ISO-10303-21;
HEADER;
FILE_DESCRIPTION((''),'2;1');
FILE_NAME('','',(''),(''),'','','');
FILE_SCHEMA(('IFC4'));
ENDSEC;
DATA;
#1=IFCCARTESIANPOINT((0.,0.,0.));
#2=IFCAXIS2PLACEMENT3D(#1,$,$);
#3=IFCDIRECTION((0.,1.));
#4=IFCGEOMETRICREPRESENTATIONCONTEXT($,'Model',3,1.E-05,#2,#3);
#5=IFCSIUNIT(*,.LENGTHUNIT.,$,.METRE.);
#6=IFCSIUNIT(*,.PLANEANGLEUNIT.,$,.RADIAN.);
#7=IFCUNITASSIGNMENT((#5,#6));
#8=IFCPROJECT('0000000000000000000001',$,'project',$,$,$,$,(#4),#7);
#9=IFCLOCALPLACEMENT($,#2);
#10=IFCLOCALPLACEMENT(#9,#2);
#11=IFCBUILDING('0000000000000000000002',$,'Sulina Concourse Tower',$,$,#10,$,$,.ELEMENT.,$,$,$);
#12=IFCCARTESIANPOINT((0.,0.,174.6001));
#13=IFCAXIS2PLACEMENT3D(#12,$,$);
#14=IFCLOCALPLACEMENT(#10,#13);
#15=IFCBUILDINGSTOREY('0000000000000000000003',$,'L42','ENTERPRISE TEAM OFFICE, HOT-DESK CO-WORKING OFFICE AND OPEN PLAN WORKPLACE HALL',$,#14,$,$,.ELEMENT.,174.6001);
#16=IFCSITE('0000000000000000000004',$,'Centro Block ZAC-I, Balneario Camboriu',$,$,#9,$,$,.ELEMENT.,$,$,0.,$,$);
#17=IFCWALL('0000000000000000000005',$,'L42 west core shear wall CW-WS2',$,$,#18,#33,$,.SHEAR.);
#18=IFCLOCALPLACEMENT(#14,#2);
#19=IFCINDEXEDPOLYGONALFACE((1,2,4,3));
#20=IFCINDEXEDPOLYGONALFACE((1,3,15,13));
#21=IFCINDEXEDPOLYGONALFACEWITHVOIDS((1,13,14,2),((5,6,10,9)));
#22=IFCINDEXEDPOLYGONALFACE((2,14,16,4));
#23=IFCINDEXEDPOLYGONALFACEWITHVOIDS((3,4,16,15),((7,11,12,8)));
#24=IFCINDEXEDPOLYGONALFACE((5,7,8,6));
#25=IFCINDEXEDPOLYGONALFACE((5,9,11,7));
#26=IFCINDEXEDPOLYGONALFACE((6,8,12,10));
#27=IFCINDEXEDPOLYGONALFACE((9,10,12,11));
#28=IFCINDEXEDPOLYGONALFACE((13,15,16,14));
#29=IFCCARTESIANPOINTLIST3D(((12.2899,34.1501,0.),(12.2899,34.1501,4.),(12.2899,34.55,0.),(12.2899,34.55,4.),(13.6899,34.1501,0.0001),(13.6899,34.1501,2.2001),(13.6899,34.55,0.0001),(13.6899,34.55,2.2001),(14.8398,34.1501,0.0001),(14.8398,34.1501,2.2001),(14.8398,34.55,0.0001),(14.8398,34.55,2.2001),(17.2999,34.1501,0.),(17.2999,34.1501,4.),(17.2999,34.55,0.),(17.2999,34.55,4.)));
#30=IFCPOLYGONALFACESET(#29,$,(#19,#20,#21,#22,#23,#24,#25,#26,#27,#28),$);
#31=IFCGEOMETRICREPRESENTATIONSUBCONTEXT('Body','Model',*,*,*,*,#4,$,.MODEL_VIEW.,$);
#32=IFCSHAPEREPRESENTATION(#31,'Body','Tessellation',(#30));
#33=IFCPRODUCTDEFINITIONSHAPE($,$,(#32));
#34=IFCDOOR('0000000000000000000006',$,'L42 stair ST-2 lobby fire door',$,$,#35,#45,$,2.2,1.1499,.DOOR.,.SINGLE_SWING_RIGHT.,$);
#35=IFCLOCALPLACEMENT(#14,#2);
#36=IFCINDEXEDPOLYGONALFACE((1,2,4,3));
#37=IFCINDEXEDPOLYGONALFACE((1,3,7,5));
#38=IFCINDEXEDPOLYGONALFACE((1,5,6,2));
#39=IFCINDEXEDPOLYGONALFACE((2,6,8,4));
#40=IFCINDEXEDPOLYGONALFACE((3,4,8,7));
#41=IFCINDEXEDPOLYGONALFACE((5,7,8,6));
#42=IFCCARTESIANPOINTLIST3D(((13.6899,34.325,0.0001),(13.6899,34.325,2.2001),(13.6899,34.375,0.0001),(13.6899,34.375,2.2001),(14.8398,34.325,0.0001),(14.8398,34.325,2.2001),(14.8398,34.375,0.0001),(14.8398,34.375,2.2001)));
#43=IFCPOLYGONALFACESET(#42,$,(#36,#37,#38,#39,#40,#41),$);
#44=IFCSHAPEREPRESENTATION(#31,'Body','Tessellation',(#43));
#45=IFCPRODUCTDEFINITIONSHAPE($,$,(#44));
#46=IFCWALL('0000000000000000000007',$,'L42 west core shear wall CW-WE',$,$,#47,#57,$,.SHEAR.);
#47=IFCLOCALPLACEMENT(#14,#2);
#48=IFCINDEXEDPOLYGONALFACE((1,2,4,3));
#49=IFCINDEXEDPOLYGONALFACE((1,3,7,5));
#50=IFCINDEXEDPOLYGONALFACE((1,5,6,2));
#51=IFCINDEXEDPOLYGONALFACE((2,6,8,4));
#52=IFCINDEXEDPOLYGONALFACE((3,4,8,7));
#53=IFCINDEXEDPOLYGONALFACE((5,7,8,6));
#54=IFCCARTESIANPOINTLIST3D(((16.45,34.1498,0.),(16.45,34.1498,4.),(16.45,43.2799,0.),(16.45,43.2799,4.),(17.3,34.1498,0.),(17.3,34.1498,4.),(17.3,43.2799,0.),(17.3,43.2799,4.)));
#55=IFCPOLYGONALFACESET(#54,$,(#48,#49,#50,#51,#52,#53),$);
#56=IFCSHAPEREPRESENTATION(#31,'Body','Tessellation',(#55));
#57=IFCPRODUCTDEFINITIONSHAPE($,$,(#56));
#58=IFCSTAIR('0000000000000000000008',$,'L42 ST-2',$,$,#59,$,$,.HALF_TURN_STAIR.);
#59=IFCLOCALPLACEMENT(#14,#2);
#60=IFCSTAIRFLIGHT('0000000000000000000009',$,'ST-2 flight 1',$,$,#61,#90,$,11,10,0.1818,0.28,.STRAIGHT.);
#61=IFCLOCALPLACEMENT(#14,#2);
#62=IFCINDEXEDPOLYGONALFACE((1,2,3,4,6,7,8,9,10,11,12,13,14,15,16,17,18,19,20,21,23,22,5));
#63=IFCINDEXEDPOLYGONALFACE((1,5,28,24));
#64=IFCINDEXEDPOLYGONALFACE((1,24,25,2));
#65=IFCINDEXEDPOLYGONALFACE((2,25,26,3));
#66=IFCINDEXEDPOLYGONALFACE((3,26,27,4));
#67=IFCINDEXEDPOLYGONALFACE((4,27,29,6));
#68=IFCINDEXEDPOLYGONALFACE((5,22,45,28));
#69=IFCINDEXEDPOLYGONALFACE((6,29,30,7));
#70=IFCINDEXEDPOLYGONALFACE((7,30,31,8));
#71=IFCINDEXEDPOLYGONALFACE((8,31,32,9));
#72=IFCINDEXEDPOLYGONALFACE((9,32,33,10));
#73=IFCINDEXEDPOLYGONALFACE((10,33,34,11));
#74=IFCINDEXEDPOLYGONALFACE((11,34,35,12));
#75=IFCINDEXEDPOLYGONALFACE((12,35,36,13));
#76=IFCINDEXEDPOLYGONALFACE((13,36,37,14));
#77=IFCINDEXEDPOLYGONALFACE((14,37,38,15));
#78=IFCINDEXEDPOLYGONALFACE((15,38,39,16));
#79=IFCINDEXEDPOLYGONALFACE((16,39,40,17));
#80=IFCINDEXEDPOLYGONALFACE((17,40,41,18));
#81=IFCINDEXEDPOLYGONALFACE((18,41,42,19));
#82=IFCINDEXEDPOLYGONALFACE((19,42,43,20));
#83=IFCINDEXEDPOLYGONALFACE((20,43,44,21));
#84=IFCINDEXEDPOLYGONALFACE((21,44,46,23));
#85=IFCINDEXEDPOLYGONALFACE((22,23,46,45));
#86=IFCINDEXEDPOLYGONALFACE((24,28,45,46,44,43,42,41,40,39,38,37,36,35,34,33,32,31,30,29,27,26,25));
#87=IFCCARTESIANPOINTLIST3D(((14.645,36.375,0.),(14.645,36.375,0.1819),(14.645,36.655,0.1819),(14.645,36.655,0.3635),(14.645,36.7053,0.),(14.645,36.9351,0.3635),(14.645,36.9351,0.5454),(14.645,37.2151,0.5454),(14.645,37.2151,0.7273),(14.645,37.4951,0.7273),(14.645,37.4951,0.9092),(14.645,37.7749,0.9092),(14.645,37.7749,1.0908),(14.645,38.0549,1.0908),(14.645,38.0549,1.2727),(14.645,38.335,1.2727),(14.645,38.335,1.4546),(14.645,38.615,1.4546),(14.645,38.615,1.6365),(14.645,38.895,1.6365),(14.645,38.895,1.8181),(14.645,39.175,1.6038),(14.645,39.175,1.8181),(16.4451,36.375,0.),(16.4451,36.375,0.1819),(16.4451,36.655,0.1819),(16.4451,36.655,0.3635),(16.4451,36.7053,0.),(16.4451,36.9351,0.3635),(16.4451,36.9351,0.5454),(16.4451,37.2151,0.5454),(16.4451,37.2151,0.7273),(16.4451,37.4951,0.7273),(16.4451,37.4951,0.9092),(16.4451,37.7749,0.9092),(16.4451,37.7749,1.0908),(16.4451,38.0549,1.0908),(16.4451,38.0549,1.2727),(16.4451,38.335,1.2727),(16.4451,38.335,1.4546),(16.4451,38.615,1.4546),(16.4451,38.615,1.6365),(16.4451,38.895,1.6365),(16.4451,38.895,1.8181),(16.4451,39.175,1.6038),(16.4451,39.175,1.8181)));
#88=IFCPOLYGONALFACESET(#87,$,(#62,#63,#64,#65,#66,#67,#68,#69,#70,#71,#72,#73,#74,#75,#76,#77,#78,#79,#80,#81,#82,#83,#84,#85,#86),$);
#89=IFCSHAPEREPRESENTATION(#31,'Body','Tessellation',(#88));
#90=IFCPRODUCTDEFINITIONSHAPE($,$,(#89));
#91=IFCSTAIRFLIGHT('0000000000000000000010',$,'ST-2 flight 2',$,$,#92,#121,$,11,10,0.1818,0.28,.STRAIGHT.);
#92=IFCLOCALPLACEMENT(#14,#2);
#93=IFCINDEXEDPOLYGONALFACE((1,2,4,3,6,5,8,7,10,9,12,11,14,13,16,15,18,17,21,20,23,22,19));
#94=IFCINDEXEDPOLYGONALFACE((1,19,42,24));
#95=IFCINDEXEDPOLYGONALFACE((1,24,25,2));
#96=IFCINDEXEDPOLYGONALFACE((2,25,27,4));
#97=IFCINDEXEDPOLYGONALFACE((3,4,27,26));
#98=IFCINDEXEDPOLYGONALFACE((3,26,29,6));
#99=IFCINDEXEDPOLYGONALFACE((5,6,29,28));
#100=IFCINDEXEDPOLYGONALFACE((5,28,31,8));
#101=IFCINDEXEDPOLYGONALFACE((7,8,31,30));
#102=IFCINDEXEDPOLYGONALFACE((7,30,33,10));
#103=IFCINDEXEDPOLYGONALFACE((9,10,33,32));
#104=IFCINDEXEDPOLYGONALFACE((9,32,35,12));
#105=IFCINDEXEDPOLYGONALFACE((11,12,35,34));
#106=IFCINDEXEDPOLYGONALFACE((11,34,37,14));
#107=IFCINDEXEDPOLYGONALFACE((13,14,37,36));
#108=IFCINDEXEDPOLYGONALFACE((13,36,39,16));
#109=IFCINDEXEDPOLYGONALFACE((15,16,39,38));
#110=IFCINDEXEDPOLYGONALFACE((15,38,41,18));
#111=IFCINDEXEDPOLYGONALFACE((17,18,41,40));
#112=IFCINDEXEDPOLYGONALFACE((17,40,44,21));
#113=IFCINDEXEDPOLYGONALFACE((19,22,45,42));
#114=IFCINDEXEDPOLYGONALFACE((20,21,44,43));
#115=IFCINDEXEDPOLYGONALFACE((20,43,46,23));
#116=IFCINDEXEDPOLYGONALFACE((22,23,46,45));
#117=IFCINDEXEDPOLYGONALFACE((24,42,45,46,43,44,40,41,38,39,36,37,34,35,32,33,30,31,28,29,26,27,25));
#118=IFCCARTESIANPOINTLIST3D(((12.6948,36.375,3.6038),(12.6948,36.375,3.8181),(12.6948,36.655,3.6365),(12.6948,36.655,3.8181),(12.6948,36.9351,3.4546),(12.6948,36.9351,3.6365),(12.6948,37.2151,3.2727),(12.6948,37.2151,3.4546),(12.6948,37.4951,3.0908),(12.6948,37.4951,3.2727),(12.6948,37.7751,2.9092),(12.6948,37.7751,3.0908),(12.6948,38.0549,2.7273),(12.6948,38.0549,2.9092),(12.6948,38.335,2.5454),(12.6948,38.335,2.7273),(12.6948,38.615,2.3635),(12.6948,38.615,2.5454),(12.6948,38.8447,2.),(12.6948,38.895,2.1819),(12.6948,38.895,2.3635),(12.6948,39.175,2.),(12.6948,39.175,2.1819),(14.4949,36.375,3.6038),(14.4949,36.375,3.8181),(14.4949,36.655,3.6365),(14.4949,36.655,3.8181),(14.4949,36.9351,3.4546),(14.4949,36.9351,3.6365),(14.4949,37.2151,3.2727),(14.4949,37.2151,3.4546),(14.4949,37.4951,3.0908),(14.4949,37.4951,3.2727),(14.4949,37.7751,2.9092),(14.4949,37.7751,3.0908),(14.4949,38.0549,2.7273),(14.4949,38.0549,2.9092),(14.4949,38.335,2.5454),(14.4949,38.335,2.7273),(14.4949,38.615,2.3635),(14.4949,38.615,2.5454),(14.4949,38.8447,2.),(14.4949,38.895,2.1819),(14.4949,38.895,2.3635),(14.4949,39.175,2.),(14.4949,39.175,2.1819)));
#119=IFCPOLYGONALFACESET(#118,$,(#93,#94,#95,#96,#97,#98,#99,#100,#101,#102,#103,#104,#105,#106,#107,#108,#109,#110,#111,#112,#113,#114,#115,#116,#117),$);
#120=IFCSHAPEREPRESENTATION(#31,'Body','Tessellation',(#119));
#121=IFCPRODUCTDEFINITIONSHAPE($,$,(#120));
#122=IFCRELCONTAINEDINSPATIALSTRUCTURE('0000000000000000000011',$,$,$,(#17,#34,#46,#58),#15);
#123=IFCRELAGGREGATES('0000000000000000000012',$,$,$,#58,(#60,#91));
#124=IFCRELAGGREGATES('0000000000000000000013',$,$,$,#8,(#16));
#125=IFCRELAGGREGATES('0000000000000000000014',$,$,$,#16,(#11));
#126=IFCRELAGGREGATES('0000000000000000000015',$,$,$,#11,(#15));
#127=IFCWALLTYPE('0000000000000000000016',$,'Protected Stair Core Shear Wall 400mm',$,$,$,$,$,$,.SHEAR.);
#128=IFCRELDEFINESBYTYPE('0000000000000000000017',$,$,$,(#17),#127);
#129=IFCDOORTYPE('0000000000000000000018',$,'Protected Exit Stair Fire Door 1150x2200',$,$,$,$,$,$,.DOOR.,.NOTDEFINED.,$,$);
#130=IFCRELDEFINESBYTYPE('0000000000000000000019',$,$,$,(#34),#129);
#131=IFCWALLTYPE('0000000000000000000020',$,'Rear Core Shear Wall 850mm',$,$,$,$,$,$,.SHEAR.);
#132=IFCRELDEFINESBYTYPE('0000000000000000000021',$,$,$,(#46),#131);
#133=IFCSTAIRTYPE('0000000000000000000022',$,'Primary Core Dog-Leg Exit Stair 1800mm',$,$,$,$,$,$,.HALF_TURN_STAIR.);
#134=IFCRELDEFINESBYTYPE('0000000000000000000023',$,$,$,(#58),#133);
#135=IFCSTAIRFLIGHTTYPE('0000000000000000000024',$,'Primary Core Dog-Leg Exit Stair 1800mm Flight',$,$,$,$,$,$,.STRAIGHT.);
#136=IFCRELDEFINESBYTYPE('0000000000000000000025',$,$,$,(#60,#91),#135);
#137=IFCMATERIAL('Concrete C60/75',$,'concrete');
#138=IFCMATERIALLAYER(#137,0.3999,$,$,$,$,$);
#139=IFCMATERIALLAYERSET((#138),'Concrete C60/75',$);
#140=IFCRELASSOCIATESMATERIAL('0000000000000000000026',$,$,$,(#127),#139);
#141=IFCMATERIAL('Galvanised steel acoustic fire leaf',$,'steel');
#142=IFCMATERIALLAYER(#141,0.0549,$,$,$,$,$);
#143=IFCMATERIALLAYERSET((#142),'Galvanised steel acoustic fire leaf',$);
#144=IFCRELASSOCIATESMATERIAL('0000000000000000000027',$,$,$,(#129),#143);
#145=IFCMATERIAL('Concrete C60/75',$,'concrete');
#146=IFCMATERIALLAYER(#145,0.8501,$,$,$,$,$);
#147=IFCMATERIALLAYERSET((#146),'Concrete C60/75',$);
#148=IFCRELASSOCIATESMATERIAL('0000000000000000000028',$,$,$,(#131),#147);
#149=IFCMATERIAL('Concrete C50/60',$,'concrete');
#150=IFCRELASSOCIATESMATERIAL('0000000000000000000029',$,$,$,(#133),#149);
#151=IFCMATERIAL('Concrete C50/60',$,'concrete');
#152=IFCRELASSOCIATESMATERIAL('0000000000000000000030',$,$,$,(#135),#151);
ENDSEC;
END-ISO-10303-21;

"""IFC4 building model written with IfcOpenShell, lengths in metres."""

from ifc_helpers import new_model, si_unit, direction, frame, frame_2d, origin, place, context, subcontext, project, spatial, polyline, rectangle, outline, extrude, material, layer, layer_set, type_object, element, fill, aggregate, save


model = new_model("IFC4")

# Units and contexts
model_context = context("Model", 3, precision=1e-05, world=origin(), true_north=direction((0.0, 1.0)))
body_context = subcontext(model_context, "Body", "Model", "MODEL_VIEW")
ifc_project = project(units=[si_unit("LENGTHUNIT", "METRE"), si_unit("PLANEANGLEUNIT", "RADIAN")], contexts=[model_context])

# Site, building, storey
site_placement = place(None, origin())
site = spatial("IfcSite", under=ifc_project, at=site_placement, Name="Centro Block ZAC-I, Balneario Camboriu", CompositionType="ELEMENT", RefElevation=0.0)
building_placement = place(site_placement, origin())
building = spatial("IfcBuilding", under=site, at=building_placement, Name="Sulina Concourse Tower", CompositionType="ELEMENT")
storey_placement = place(building_placement, frame((0.0, 0.0, 174.6001)))
storey = spatial("IfcBuildingStorey", under=building, at=storey_placement, Name="L42", Description="ENTERPRISE TEAM OFFICE, HOT-DESK CO-WORKING OFFICE AND OPEN PLAN WORKPLACE HALL", CompositionType="ELEMENT", Elevation=174.6001)

# Wall, opening, door
ifc_material_1 = material(Name="Concrete C60/75", Category="concrete")
ifc_layer_1 = layer(ifc_material_1, 0.3999)
ifc_layer_set_1 = layer_set([ifc_layer_1], Name="Concrete C60/75")
wall_type_1 = type_object("IfcWallType", Name="Protected Stair Core Shear Wall 400mm", PredefinedType="SHEAR", material=ifc_layer_set_1)
wall_1_placement = place(storey_placement, frame((12.29, 34.3501, 0.0), z_axis=(0.0, 0.0, 1.0), x_axis=(1.0, 0.0, 0.0)))
wall_1 = element("IfcWall", 1, at=wall_1_placement, inside=storey, type_object=wall_type_1, Name="L42 west core shear wall CW-WS2", PredefinedType="SHEAR", context=body_context, shape_type="SweptSolid", body=[
    extrude(rectangle(XDim=5.01, YDim=0.3999, at=frame_2d((2.5049, 0.0))), origin(), (0.0, 0.0, 1.0), 4.0),
])
opening_1_placement = place(wall_1_placement, frame((1.3999, 0.0, 0.0)))
opening_1 = element("IfcOpeningElement", 2, at=opening_1_placement, cuts=wall_1, PredefinedType="OPENING", context=body_context, shape_type="SweptSolid", body=[
    extrude(rectangle(XDim=1.1499, YDim=2.2, at=frame_2d((0.575, 1.1001))), frame((0.0, 0.21, 0.0), z_axis=(0.0, -1.0, 0.0), x_axis=(1.0, 0.0, 0.0)), (0.0, 0.0, 1.0), 0.4199),
])
ifc_material_2 = material(Name="Galvanised steel acoustic fire leaf", Category="steel")
ifc_layer_2 = layer(ifc_material_2, 0.0549)
ifc_layer_set_2 = layer_set([ifc_layer_2], Name="Galvanised steel acoustic fire leaf")
door_type_1 = type_object("IfcDoorType", Name="Protected Exit Stair Fire Door 1150x2200", OperationType="NOTDEFINED", PredefinedType="DOOR", material=ifc_layer_set_2)
door_1_placement = place(opening_1_placement, origin())
door_1 = element("IfcDoor", 3, at=door_1_placement, inside=storey, type_object=door_type_1, Name="L42 stair ST-2 lobby fire door", OperationType="SINGLE_SWING_RIGHT", OverallHeight=2.2, OverallWidth=1.1499, PredefinedType="DOOR", context=body_context, shape_type="SweptSolid", body=[
    extrude(rectangle(XDim=1.1499, YDim=2.2, at=frame_2d((0.575, 1.1001))), frame((0.0, 0.0249, 0.0), z_axis=(0.0, -1.0, 0.0), x_axis=(1.0, 0.0, 0.0)), (0.0, 0.0, 1.0), 0.05),
])
fill(opening_1, door_1)

# Wall
ifc_material_3 = material(Name="Concrete C60/75", Category="concrete")
ifc_layer_3 = layer(ifc_material_3, 0.8501)
ifc_layer_set_3 = layer_set([ifc_layer_3], Name="Concrete C60/75")
wall_type_2 = type_object("IfcWallType", Name="Rear Core Shear Wall 850mm", PredefinedType="SHEAR", material=ifc_layer_set_3)
wall_2_placement = place(storey_placement, frame((16.875, 34.1499, 0.0), z_axis=(0.0, 0.0, 1.0), x_axis=(0.0, 1.0, 0.0)))
element("IfcWall", 4, at=wall_2_placement, inside=storey, type_object=wall_type_2, Name="L42 west core shear wall CW-WE", PredefinedType="SHEAR", context=body_context, shape_type="SweptSolid", body=[
    extrude(rectangle(XDim=9.1301, YDim=0.8501, at=frame_2d((4.5649, 0.0))), origin(), (0.0, 0.0, 1.0), 4.0),
])

# Stair, stair flights
ifc_material_4 = material(Name="Concrete C50/60", Category="concrete")
stair_type = type_object("IfcStairType", Name="Primary Core Dog-Leg Exit Stair 1800mm", PredefinedType="HALF_TURN_STAIR", material=ifc_material_4)
stair_placement = place(storey_placement, origin())
stair = element("IfcStair", 5, at=stair_placement, inside=storey, type_object=stair_type, Name="L42 ST-2", PredefinedType="HALF_TURN_STAIR")
ifc_material_5 = material(Name="Concrete C50/60", Category="concrete")
stair_flight_type = type_object("IfcStairFlightType", Name="Primary Core Dog-Leg Exit Stair 1800mm Flight", PredefinedType="STRAIGHT", material=ifc_material_5)
stair_flight_1_placement = place(storey_placement, frame((15.5449, 36.375, 0.0), z_axis=(0.0, 0.0, 1.0), x_axis=(0.0, 1.0, 0.0)))
stair_flight_1 = element("IfcStairFlight", 6, at=stair_flight_1_placement, type_object=stair_flight_type, Name="ST-2 flight 1", NumberOfRisers=11, NumberOfTreads=10, PredefinedType="STRAIGHT", RiserHeight=0.1818, TreadLength=0.28, context=body_context, shape_type="SweptSolid", body=[
    extrude(outline(polyline([(0.0, 0.0), (0.0, 0.1819), (0.28, 0.1819), (0.28, 0.3635), (0.5601, 0.3635), (0.5601, 0.5454), (0.8401, 0.5454), (0.8401, 0.7273), (1.1201, 0.7273), (1.1201, 0.9092), (1.3999, 0.9092), (1.3999, 1.0908), (1.6799, 1.0908), (1.6799, 1.2727), (1.96, 1.2727), (1.96, 1.4546), (2.24, 1.4546), (2.24, 1.6365), (2.52, 1.6365), (2.52, 1.8181), (2.8, 1.8181), (2.8, 2.0), (2.8, 1.6038), (0.3303, 0.0), (0.0, 0.0)])), frame((0.0, 0.8999, 0.0), z_axis=(0.0, -1.0, 0.0), x_axis=(1.0, 0.0, 0.0)), (0.0, 0.0, 1.0), 1.8),
])
stair_flight_2_placement = place(storey_placement, frame((13.595, 39.175, 2.0), z_axis=(0.0, 0.0, 1.0), x_axis=(0.0, -1.0, 0.0)))
stair_flight_2 = element("IfcStairFlight", 7, at=stair_flight_2_placement, type_object=stair_flight_type, Name="ST-2 flight 2", NumberOfRisers=11, NumberOfTreads=10, PredefinedType="STRAIGHT", RiserHeight=0.1818, TreadLength=0.28, context=body_context, shape_type="SweptSolid", body=[
    extrude(outline(polyline([(0.0, 0.0), (0.0, 0.1819), (0.28, 0.1819), (0.28, 0.3635), (0.5601, 0.3635), (0.5601, 0.5454), (0.8401, 0.5454), (0.8401, 0.7273), (1.1201, 0.7273), (1.1201, 0.9092), (1.3999, 0.9092), (1.3999, 1.0908), (1.6799, 1.0908), (1.6799, 1.2727), (1.96, 1.2727), (1.96, 1.4546), (2.24, 1.4546), (2.24, 1.6365), (2.52, 1.6365), (2.52, 1.8181), (2.8, 1.8181), (2.8, 2.0), (2.8, 1.6038), (0.3303, 0.0), (0.0, 0.0)])), frame((0.0, 0.8999, 0.0), z_axis=(0.0, -1.0, 0.0), x_axis=(1.0, 0.0, 0.0)), (0.0, 0.0, 1.0), 1.8),
])
aggregate(stair, [stair_flight_1, stair_flight_2])

save(model, "model.ifc")
